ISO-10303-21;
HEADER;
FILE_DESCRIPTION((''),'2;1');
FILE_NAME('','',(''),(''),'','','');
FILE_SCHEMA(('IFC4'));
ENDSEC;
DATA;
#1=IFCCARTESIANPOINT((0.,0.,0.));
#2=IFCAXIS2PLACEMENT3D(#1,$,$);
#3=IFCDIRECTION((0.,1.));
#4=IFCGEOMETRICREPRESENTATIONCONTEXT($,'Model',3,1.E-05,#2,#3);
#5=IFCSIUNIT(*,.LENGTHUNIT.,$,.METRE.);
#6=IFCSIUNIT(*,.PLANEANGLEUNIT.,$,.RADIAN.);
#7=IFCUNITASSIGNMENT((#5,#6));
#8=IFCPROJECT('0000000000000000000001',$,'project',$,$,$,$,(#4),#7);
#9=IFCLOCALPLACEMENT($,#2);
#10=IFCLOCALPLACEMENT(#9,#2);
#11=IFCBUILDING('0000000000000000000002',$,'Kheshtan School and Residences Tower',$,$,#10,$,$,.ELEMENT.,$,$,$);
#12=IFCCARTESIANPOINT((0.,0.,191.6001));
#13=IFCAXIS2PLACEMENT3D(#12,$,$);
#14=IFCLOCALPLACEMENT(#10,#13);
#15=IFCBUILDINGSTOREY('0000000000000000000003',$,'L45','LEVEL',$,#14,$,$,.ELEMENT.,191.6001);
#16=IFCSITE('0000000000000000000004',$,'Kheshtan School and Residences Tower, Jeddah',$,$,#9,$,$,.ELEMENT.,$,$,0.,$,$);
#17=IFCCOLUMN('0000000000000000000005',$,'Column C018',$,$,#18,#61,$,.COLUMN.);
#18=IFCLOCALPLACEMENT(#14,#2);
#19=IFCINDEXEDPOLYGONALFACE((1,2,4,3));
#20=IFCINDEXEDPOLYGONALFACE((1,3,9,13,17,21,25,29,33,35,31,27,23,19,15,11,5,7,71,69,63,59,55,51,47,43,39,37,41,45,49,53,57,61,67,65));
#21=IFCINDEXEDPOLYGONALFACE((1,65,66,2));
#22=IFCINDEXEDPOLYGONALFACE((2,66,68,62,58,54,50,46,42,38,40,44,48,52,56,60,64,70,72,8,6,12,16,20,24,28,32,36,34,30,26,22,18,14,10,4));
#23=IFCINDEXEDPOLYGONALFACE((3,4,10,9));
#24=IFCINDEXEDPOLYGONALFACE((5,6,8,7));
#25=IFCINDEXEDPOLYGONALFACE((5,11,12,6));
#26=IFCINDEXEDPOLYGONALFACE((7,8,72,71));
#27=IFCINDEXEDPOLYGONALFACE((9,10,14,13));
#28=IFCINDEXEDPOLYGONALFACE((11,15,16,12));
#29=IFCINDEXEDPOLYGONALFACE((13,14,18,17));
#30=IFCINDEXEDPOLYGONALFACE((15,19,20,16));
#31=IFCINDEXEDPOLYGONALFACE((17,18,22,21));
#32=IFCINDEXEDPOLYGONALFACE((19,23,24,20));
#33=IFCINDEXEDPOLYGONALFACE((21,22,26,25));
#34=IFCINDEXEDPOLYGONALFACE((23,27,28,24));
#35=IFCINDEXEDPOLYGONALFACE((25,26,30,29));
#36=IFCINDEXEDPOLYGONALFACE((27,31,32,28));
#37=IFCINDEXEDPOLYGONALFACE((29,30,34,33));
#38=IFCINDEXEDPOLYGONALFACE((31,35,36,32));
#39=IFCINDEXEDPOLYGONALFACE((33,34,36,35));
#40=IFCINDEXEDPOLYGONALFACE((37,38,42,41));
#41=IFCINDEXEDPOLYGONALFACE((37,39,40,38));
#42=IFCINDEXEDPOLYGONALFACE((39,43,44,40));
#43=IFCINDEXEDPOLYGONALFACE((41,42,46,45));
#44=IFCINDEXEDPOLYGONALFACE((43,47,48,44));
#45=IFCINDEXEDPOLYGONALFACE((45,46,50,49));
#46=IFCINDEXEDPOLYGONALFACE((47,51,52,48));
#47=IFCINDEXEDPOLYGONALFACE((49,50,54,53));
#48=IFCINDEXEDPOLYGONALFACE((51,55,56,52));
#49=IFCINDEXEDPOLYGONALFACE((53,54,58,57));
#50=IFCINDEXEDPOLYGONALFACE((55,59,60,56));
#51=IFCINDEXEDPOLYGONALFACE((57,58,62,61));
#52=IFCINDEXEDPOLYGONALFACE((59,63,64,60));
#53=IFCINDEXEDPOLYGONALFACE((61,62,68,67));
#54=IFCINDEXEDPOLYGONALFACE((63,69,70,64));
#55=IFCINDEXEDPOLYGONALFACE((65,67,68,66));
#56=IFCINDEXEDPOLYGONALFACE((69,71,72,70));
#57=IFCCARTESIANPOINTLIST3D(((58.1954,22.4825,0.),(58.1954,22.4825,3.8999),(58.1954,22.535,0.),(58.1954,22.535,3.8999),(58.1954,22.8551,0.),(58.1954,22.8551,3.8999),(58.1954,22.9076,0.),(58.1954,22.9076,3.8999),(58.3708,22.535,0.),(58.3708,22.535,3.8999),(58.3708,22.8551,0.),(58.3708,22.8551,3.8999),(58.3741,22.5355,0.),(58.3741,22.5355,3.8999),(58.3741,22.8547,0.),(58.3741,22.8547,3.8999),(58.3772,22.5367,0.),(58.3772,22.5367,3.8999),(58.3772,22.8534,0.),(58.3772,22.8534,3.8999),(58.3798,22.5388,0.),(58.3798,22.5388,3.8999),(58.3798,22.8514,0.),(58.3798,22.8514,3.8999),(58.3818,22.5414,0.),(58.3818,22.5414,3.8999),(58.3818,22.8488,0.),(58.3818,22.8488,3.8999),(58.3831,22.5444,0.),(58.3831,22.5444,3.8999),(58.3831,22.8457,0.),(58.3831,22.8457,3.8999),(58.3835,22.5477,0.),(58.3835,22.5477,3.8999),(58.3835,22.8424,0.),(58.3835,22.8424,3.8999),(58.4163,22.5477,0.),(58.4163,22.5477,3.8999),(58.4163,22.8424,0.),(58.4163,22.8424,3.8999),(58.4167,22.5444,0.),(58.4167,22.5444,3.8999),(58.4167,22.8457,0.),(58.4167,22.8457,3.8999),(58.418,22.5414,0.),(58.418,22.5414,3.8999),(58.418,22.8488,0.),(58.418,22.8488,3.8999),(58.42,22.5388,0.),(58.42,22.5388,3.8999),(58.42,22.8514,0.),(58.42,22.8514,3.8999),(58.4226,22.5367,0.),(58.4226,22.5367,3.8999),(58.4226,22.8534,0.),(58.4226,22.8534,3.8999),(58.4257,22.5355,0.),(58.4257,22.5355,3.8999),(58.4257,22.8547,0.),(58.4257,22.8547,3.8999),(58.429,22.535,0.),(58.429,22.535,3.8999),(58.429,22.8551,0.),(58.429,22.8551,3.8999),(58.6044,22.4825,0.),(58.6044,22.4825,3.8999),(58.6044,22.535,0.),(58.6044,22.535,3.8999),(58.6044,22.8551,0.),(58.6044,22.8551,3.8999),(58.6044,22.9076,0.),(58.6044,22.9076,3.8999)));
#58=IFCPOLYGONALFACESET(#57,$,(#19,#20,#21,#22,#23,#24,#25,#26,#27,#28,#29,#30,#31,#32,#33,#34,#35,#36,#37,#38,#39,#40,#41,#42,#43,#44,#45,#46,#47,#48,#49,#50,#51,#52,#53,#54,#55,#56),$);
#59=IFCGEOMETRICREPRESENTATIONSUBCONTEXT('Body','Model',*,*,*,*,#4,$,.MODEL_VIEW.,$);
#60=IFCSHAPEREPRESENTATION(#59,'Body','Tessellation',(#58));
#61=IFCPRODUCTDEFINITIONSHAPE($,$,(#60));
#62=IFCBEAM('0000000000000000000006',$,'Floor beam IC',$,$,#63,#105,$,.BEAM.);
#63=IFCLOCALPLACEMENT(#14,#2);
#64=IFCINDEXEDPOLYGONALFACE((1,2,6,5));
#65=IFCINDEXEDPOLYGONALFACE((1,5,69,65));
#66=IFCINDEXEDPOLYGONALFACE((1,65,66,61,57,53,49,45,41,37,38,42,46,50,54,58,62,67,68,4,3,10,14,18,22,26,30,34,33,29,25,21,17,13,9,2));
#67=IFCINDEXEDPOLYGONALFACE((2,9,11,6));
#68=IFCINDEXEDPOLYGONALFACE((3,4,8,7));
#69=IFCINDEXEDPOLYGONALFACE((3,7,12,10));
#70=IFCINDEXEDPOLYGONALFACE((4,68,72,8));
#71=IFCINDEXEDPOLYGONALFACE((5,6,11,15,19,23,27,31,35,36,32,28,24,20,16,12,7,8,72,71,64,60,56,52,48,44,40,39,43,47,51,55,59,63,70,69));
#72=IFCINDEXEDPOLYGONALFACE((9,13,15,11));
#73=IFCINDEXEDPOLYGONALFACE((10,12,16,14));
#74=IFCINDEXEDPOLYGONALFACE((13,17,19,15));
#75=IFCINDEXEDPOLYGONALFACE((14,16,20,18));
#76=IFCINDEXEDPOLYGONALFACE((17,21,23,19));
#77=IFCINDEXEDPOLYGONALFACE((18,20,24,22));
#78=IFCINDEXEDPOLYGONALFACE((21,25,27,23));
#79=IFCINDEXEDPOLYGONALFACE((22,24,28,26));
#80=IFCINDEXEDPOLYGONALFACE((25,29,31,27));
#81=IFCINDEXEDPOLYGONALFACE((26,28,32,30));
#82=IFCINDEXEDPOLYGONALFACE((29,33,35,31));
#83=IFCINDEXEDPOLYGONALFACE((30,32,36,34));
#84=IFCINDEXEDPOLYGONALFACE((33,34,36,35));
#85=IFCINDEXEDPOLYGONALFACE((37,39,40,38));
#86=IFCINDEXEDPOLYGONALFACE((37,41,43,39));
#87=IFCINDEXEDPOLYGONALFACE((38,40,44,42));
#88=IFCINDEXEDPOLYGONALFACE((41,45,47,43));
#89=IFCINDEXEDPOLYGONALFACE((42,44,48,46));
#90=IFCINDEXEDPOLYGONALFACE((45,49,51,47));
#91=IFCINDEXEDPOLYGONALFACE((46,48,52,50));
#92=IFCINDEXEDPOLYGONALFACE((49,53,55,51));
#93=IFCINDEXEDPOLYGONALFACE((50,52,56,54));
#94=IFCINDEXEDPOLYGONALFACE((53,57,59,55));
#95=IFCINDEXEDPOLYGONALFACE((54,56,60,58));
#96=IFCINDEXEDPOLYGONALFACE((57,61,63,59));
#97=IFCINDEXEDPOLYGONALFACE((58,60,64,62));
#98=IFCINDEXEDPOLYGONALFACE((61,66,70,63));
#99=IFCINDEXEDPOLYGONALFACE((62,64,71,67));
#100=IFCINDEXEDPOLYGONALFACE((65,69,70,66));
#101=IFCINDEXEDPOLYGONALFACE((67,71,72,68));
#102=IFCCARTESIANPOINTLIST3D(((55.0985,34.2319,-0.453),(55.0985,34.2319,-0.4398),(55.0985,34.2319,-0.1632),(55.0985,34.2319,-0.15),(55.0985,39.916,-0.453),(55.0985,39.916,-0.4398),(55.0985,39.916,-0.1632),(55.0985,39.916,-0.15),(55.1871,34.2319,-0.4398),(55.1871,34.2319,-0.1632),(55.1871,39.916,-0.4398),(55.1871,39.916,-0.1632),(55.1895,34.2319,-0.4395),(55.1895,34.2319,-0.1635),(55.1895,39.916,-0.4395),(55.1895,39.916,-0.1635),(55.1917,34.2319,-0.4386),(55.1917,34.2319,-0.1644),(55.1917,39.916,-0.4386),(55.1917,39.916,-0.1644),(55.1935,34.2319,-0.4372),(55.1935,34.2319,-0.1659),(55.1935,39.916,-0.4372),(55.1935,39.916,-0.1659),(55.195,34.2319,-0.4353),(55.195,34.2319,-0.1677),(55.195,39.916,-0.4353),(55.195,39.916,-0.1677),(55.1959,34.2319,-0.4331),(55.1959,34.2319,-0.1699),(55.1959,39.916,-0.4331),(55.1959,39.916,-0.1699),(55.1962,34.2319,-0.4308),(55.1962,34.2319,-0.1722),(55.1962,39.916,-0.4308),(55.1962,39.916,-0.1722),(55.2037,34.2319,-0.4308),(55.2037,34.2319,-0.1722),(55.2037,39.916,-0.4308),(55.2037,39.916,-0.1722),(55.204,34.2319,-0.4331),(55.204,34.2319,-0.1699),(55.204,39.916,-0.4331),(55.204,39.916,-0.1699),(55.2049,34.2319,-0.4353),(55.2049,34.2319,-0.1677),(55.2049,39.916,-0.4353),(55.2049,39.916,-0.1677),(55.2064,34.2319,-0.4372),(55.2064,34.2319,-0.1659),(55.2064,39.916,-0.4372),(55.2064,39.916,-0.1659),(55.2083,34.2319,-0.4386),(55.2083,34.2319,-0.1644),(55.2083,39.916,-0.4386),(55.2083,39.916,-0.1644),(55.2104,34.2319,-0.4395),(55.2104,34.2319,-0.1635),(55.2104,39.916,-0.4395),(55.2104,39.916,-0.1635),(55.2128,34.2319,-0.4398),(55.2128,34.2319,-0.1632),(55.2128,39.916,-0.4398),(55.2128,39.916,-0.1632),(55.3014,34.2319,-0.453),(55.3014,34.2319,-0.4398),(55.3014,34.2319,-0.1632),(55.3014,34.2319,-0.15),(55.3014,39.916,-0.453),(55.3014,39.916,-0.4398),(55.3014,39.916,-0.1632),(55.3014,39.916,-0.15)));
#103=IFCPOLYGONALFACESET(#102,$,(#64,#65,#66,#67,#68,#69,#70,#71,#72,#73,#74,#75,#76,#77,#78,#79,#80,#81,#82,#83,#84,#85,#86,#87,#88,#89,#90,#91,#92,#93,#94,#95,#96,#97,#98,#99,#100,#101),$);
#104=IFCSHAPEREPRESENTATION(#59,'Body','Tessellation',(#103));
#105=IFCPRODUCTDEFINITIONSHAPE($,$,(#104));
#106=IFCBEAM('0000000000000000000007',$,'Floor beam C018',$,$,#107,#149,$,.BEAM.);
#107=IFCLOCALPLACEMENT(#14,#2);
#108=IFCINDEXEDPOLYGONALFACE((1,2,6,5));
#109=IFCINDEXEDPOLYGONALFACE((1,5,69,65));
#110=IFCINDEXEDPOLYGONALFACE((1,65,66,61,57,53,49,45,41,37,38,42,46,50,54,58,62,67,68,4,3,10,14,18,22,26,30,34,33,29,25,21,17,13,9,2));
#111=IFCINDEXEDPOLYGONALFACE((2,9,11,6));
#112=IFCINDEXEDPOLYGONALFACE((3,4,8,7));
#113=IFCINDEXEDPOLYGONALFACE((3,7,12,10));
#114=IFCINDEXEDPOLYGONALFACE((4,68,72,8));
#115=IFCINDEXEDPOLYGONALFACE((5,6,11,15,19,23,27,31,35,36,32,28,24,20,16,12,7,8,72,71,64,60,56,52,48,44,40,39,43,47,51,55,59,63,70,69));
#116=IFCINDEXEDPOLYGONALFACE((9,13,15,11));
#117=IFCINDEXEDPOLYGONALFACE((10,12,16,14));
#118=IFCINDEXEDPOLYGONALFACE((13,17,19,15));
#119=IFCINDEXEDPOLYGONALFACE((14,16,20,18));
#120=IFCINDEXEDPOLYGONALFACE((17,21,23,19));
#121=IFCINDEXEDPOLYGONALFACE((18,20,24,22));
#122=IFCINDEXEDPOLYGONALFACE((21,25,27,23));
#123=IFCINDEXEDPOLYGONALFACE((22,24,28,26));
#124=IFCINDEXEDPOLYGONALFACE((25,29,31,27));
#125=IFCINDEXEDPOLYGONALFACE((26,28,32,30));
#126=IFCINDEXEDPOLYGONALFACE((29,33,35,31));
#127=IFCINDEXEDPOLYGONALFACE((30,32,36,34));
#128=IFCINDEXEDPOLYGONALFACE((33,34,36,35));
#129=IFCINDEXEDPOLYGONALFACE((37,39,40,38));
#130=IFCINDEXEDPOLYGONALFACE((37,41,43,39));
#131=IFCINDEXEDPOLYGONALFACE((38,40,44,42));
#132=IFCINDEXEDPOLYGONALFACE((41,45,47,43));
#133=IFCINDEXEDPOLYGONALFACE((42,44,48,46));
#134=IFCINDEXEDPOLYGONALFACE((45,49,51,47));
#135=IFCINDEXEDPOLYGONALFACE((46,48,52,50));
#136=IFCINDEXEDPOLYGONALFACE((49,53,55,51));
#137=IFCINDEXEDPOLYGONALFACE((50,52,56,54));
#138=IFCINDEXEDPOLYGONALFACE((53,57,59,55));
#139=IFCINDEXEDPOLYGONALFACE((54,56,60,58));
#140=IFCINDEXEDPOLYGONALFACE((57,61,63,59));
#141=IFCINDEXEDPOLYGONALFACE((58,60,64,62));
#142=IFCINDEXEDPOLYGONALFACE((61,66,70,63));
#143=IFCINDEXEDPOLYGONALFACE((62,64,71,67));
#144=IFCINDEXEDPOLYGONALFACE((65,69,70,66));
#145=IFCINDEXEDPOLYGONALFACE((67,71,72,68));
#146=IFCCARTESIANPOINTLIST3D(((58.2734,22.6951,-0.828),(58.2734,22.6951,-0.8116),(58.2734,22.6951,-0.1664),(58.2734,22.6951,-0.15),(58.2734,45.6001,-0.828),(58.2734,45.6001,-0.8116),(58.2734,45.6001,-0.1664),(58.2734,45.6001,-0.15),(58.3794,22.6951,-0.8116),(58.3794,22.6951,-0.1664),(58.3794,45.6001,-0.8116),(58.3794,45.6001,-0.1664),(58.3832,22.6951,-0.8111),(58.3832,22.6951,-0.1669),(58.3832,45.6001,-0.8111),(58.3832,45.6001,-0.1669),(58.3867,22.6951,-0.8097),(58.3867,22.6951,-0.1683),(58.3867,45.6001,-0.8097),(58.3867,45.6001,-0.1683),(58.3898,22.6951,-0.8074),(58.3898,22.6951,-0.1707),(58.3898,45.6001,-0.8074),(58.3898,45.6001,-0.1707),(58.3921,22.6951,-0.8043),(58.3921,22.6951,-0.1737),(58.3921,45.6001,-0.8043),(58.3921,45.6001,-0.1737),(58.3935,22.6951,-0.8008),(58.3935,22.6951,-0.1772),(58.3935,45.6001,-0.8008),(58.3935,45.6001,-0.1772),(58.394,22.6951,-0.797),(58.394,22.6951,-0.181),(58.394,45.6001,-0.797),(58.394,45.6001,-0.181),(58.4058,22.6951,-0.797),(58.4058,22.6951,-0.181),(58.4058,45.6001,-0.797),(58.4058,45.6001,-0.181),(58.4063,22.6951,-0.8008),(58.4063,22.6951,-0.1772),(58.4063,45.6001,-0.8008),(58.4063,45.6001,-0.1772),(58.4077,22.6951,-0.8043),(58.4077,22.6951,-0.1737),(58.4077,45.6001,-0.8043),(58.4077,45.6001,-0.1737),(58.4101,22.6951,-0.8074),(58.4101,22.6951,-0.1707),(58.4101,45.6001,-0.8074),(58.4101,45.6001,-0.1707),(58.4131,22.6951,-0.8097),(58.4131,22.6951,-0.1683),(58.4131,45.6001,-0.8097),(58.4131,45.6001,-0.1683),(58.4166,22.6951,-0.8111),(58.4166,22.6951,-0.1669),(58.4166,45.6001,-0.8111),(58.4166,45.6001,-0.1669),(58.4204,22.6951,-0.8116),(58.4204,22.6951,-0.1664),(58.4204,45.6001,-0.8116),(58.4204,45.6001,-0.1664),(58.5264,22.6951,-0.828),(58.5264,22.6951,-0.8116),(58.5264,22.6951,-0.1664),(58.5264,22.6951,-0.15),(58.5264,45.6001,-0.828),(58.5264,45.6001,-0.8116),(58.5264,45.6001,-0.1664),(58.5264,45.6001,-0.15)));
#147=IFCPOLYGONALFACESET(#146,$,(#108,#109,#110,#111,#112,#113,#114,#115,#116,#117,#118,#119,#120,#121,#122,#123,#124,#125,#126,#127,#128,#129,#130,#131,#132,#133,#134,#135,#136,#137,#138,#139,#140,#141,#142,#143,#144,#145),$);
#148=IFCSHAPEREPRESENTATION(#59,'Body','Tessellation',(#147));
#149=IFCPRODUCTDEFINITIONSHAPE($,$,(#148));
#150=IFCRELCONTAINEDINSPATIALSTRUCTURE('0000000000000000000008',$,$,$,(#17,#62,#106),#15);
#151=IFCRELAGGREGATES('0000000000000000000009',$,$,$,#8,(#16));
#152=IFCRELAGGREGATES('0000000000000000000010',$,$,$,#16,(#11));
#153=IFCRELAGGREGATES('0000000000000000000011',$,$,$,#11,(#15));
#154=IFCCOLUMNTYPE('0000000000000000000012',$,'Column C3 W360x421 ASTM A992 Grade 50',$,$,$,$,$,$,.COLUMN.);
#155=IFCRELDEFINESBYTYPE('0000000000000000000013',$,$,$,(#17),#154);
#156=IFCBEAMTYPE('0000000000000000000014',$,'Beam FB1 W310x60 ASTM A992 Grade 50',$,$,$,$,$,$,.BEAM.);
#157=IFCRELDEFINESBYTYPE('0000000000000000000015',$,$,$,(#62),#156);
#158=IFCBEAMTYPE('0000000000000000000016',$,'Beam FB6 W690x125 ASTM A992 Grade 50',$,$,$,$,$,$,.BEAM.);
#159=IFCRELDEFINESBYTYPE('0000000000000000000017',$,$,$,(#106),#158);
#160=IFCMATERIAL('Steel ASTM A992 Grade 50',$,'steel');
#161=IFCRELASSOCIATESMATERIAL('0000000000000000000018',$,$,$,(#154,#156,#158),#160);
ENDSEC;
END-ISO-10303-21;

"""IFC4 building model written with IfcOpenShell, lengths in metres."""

from ifc_helpers import new_model, si_unit, direction, frame, origin, origin_2d, place, context, subcontext, project, spatial, i_section, extrude, material, material_profile, profile_set, type_object, element, save


model = new_model("IFC4")

# Units and contexts
model_context = context("Model", 3, precision=1e-05, world=origin(), true_north=direction((0.0, 1.0)))
body_context = subcontext(model_context, "Body", "Model", "MODEL_VIEW")
ifc_project = project(units=[si_unit("LENGTHUNIT", "METRE"), si_unit("PLANEANGLEUNIT", "RADIAN")], contexts=[model_context])

# Site, building, storey
site_placement = place(None, origin())
site = spatial("IfcSite", under=ifc_project, at=site_placement, Name="Kheshtan School and Residences Tower, Jeddah", CompositionType="ELEMENT", RefElevation=0.0)
building_placement = place(site_placement, origin())
building = spatial("IfcBuilding", under=site, at=building_placement, Name="Kheshtan School and Residences Tower", CompositionType="ELEMENT")
storey_placement = place(building_placement, frame((0.0, 0.0, 191.6001)))
storey = spatial("IfcBuildingStorey", under=building, at=storey_placement, Name="L45", Description="LEVEL", CompositionType="ELEMENT", Elevation=191.6001)

# Column
ifc_material_1 = material(Name="Steel ASTM A992 Grade 50", Category="steel")
ifc_material_profile_1 = material_profile(ifc_material_1, i_section(OverallWidth=0.4089, OverallDepth=0.425, WebThickness=0.0327, FlangeThickness=0.0525, FilletRadius=0.0127, at=origin_2d()), Name="W360x421")
ifc_profile_set_1 = profile_set([ifc_material_profile_1], Name="Steel ASTM A992 Grade 50")
column_type = type_object("IfcColumnType", Name="Column C3 W360x421 ASTM A992 Grade 50", PredefinedType="COLUMN", material=ifc_profile_set_1)
column_placement = place(storey_placement, frame((58.3999, 22.6951, 0.0), z_axis=(0.0, 0.0, 1.0), x_axis=(1.0, 0.0, 0.0)))
element("IfcColumn", 1, at=column_placement, inside=storey, type_object=column_type, Name="Column C018", PredefinedType="COLUMN", context=body_context, shape_type="SweptSolid", body=[
    extrude(i_section(OverallWidth=0.4089, OverallDepth=0.425, WebThickness=0.0327, FlangeThickness=0.0525, FilletRadius=0.0127, at=origin_2d()), origin(), (0.0, 0.0, 1.0), 3.8999),
])

# Beams
ifc_material_profile_2 = material_profile(ifc_material_1, i_section(OverallWidth=0.2029, OverallDepth=0.303, WebThickness=0.0076, FlangeThickness=0.0132, FilletRadius=0.009, at=origin_2d()), Name="W310x60")
ifc_profile_set_2 = profile_set([ifc_material_profile_2], Name="Steel ASTM A992 Grade 50")
beam_type_1 = type_object("IfcBeamType", Name="Beam FB1 W310x60 ASTM A992 Grade 50", PredefinedType="BEAM", material=ifc_profile_set_2)
beam_1_placement = place(storey_placement, frame((55.2, 34.2319, -0.3015), z_axis=(0.0, 1.0, 0.0), x_axis=(-1.0, 0.0, 0.0)))
element("IfcBeam", 2, at=beam_1_placement, inside=storey, type_object=beam_type_1, Name="Floor beam IC", PredefinedType="BEAM", context=body_context, shape_type="SweptSolid", body=[
    extrude(i_section(OverallWidth=0.2029, OverallDepth=0.303, WebThickness=0.0076, FlangeThickness=0.0132, FilletRadius=0.009, at=origin_2d()), origin(), (0.0, 0.0, 1.0), 5.6841),
])
ifc_material_profile_3 = material_profile(ifc_material_1, i_section(OverallWidth=0.2529, OverallDepth=0.678, WebThickness=0.0117, FlangeThickness=0.0164, FilletRadius=0.0146, at=origin_2d()), Name="W690x125")
ifc_profile_set_3 = profile_set([ifc_material_profile_3], Name="Steel ASTM A992 Grade 50")
beam_type_2 = type_object("IfcBeamType", Name="Beam FB6 W690x125 ASTM A992 Grade 50", PredefinedType="BEAM", material=ifc_profile_set_3)
beam_2_placement = place(storey_placement, frame((58.3999, 22.6951, -0.489), z_axis=(0.0, 1.0, 0.0), x_axis=(-1.0, 0.0, 0.0)))
element("IfcBeam", 3, at=beam_2_placement, inside=storey, type_object=beam_type_2, Name="Floor beam C018", PredefinedType="BEAM", context=body_context, shape_type="SweptSolid", body=[
    extrude(i_section(OverallWidth=0.2529, OverallDepth=0.678, WebThickness=0.0117, FlangeThickness=0.0164, FilletRadius=0.0146, at=origin_2d()), origin(), (0.0, 0.0, 1.0), 22.905),
])

save(model, "model.ifc")
